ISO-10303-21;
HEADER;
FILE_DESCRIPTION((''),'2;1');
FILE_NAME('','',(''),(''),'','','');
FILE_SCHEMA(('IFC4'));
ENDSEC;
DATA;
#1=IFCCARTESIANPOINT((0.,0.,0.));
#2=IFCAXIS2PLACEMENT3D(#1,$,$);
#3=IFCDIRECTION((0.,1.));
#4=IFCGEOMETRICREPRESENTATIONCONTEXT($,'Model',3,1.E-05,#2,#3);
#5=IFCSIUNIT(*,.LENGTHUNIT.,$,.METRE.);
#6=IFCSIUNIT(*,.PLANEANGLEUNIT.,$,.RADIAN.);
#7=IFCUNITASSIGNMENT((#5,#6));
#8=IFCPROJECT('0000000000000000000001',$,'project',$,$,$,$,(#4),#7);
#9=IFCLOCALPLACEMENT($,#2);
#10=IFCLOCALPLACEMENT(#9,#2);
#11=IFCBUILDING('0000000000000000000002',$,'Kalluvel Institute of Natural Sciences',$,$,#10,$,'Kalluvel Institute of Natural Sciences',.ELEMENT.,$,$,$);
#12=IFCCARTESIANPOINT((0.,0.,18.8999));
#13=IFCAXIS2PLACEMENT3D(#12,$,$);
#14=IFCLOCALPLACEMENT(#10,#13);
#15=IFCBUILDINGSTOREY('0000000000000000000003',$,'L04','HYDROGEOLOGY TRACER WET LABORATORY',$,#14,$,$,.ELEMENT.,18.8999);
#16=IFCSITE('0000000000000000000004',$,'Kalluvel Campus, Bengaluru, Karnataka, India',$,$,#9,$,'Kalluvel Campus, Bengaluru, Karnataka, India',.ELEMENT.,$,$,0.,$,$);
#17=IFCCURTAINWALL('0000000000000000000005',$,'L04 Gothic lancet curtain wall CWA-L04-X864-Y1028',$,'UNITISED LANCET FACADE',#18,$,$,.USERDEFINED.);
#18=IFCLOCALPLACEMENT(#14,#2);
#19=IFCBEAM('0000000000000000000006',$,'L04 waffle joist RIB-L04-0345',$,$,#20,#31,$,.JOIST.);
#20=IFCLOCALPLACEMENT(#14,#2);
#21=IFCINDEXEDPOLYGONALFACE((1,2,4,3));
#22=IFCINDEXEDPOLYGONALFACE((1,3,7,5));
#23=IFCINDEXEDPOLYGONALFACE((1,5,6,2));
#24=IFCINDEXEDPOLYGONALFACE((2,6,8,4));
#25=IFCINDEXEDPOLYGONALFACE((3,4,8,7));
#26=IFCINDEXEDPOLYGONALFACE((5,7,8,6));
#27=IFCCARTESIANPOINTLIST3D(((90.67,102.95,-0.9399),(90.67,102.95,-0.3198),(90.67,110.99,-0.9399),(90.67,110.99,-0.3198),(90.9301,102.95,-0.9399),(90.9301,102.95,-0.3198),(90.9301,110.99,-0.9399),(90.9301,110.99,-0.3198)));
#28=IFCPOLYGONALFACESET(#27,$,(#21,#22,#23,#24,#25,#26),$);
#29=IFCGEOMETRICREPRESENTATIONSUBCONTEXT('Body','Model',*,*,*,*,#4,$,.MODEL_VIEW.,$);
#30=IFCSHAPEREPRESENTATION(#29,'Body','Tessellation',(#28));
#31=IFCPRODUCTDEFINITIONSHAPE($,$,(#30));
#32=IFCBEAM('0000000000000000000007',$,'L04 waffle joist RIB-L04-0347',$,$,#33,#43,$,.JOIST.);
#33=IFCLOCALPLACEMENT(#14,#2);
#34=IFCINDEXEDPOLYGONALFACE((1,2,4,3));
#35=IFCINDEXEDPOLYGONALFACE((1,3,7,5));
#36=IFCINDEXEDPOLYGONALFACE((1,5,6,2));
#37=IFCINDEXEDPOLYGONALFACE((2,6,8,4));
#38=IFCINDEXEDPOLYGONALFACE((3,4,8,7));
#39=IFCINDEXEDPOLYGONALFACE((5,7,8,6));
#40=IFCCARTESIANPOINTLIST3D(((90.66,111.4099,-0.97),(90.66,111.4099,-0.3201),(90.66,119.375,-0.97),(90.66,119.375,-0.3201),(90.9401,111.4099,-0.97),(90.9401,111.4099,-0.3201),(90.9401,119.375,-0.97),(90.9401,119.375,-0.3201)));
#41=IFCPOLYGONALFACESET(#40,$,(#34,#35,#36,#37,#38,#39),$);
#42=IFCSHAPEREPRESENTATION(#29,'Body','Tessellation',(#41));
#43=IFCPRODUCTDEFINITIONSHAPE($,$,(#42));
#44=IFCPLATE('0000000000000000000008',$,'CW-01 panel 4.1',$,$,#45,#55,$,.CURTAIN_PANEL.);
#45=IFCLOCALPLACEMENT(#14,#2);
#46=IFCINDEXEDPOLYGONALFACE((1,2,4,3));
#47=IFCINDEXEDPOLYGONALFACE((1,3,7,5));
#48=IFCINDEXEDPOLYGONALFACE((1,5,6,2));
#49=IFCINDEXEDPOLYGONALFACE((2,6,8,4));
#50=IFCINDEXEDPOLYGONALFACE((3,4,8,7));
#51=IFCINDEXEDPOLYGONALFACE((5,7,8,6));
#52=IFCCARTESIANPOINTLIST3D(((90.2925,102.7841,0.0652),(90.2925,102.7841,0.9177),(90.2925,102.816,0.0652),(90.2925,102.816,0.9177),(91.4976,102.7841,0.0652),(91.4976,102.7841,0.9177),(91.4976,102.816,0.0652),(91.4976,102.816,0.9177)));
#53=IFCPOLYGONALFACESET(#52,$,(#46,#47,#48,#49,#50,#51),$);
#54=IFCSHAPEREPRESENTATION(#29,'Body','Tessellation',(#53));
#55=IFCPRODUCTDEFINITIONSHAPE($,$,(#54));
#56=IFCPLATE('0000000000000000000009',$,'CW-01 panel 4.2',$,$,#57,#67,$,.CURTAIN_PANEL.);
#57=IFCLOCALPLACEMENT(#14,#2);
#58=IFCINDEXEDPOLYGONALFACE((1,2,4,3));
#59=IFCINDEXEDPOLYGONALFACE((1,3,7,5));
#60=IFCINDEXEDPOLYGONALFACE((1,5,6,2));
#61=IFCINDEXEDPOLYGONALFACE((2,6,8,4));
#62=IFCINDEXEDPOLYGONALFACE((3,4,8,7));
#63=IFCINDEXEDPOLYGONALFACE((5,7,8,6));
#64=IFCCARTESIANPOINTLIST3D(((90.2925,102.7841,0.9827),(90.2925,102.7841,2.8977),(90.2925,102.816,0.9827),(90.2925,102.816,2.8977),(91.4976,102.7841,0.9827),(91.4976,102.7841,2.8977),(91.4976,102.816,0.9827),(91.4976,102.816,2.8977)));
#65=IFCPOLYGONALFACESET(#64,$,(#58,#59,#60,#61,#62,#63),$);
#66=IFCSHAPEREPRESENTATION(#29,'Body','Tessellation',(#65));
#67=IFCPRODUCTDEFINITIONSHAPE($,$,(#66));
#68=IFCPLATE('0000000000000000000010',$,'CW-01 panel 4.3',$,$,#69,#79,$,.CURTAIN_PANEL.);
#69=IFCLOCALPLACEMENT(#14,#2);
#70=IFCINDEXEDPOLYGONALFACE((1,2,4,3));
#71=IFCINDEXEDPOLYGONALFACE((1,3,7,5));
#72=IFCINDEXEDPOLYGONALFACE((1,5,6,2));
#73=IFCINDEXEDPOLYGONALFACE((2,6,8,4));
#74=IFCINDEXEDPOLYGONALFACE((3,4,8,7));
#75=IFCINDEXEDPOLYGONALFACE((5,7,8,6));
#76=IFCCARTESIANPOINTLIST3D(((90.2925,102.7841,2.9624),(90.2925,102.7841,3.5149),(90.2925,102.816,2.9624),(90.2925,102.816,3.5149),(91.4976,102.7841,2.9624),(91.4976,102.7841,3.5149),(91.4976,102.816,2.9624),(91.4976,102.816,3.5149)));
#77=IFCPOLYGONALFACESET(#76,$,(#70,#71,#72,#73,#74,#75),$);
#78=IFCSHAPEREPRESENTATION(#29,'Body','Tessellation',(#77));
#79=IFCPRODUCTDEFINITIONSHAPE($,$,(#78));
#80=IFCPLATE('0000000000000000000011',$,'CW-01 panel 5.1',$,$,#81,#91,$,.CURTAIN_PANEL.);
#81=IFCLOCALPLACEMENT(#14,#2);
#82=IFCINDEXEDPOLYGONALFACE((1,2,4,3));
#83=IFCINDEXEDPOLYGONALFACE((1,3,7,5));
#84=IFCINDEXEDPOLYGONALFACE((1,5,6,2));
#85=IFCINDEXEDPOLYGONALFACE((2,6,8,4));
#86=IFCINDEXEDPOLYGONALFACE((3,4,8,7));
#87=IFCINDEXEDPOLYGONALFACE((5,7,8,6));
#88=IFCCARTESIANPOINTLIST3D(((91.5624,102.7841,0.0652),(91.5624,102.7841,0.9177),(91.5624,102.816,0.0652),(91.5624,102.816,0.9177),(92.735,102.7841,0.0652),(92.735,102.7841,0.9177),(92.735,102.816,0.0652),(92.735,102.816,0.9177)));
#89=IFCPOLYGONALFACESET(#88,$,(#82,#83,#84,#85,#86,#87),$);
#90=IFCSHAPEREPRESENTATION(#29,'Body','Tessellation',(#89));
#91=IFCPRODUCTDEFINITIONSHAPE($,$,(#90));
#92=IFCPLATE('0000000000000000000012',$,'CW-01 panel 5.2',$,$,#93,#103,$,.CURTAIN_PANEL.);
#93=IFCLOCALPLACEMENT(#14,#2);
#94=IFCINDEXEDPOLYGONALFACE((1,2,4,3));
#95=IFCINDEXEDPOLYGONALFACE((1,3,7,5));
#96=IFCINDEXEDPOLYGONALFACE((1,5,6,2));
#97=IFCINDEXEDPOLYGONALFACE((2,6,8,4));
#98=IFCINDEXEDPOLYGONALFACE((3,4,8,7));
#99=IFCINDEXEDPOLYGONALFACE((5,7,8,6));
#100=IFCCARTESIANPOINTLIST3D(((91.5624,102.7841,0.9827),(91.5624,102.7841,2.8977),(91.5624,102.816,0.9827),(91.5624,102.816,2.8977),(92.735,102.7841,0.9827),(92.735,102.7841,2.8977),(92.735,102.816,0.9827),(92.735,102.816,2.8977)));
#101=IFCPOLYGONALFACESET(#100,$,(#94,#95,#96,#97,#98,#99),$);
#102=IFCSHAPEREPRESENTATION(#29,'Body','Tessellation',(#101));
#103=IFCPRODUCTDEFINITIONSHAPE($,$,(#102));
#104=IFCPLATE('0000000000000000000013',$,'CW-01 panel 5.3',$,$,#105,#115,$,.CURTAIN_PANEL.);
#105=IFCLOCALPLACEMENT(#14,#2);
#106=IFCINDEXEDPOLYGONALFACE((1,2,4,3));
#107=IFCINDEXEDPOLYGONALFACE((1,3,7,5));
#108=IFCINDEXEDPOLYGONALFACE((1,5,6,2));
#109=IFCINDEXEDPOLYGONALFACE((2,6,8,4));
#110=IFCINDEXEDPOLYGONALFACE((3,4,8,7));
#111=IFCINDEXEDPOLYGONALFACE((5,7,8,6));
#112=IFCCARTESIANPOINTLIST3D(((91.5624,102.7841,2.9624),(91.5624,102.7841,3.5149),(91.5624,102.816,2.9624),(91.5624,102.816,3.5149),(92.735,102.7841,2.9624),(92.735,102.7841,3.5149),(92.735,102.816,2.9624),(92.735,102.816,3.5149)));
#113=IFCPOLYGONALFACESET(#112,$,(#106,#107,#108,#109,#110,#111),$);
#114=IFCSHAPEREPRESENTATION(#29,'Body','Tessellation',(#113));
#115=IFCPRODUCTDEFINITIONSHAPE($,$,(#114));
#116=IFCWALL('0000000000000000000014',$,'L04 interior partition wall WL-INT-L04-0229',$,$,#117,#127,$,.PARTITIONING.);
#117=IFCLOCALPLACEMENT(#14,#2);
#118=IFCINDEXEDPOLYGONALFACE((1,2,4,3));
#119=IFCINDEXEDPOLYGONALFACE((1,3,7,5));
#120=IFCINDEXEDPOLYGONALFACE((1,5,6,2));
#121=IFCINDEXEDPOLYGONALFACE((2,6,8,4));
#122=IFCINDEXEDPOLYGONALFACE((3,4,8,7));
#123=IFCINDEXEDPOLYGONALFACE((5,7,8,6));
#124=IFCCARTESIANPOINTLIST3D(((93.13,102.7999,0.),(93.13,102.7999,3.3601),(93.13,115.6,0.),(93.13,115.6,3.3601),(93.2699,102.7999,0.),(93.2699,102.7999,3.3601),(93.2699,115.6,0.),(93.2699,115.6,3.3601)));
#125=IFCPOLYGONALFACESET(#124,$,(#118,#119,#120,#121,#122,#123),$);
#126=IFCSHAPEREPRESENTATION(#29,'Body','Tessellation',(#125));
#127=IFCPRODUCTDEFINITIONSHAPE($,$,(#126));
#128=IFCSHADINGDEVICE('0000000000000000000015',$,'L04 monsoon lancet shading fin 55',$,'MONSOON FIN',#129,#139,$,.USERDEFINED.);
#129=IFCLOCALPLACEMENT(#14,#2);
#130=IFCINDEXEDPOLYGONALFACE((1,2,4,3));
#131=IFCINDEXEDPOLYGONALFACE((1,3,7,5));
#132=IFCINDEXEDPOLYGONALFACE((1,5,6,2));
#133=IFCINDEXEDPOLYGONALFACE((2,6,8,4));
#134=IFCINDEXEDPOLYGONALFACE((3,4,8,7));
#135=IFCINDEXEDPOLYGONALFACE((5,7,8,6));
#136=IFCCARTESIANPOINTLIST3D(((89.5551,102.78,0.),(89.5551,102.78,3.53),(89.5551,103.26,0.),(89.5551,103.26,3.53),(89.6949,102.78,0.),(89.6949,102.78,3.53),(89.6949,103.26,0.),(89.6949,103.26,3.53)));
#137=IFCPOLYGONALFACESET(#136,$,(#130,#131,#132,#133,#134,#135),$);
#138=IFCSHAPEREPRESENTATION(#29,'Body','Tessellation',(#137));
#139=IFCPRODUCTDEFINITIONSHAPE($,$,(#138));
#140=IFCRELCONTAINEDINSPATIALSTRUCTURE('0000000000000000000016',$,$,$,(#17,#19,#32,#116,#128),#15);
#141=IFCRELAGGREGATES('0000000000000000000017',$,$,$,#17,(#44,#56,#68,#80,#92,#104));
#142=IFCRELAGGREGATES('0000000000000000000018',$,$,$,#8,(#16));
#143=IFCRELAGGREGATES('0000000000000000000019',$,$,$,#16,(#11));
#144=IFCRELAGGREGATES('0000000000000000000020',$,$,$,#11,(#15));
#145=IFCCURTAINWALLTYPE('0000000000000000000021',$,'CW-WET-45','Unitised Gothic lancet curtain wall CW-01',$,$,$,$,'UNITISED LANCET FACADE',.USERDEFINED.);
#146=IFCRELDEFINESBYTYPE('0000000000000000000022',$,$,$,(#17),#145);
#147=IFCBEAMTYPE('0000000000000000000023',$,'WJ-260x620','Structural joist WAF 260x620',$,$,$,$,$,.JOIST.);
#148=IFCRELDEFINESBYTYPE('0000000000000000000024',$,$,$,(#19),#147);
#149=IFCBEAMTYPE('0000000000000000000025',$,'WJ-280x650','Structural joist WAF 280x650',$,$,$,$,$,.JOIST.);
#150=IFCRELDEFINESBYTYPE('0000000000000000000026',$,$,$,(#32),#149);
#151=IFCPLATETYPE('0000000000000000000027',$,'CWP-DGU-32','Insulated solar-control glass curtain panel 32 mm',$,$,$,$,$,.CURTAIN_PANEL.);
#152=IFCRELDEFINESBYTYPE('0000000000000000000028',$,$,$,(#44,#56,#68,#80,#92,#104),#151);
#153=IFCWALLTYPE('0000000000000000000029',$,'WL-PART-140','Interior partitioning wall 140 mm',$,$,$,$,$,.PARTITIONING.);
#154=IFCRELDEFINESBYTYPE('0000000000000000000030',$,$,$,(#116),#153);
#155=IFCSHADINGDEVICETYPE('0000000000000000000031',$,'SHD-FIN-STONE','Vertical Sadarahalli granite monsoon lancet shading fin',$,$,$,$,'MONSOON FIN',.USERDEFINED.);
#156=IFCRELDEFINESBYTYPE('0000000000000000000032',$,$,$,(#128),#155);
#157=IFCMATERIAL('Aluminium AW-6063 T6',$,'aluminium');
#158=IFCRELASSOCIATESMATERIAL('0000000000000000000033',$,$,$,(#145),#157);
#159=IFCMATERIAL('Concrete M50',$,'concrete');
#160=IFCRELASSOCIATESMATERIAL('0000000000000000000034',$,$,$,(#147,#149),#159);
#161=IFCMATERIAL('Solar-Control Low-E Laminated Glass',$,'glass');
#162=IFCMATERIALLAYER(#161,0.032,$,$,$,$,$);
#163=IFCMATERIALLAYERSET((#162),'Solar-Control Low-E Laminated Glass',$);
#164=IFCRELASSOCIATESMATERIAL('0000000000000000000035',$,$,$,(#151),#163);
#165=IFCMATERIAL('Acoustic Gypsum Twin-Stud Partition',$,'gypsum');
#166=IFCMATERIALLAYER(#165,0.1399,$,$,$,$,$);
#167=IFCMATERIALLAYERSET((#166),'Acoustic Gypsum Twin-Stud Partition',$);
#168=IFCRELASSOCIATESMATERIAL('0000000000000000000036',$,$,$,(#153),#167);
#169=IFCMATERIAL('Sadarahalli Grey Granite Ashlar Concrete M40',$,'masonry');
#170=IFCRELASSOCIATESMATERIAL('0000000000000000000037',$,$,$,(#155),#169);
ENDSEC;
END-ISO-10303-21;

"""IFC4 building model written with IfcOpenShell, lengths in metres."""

from ifc_helpers import new_model, si_unit, direction, frame, frame_2d, origin, origin_2d, place, context, subcontext, project, spatial, rectangle, extrude, material, layer, layer_set, material_profile, profile_set, type_object, element, aggregate, save


model = new_model("IFC4")

# Units and contexts
model_context = context("Model", 3, precision=1e-05, world=origin(), true_north=direction((0.0, 1.0)))
body_context = subcontext(model_context, "Body", "Model", "MODEL_VIEW")
ifc_project = project(units=[si_unit("LENGTHUNIT", "METRE"), si_unit("PLANEANGLEUNIT", "RADIAN")], contexts=[model_context])

# Site, building, storey
site_placement = place(None, origin())
site = spatial("IfcSite", under=ifc_project, at=site_placement, Name="Kalluvel Campus, Bengaluru, Karnataka, India", LongName="Kalluvel Campus, Bengaluru, Karnataka, India", CompositionType="ELEMENT", RefElevation=0.0)
building_placement = place(site_placement, origin())
building = spatial("IfcBuilding", under=site, at=building_placement, Name="Kalluvel Institute of Natural Sciences", LongName="Kalluvel Institute of Natural Sciences", CompositionType="ELEMENT")
storey_placement = place(building_placement, frame((0.0, 0.0, 18.8999)))
storey = spatial("IfcBuildingStorey", under=building, at=storey_placement, Name="L04", Description="HYDROGEOLOGY TRACER WET LABORATORY", CompositionType="ELEMENT", Elevation=18.8999)

# Curtain wall
ifc_material_1 = material(Name="Aluminium AW-6063 T6", Category="aluminium")
curtain_wall_type = type_object("IfcCurtainWallType", Name="CW-WET-45", Description="Unitised Gothic lancet curtain wall CW-01", ElementType="UNITISED LANCET FACADE", PredefinedType="USERDEFINED", material=ifc_material_1)
curtain_wall_placement = place(storey_placement, origin())
curtain_wall = element("IfcCurtainWall", 1, at=curtain_wall_placement, inside=storey, type_object=curtain_wall_type, Name="L04 Gothic lancet curtain wall CWA-L04-X864-Y1028", ObjectType="UNITISED LANCET FACADE", PredefinedType="USERDEFINED")

# Beams
ifc_material_2 = material(Name="Concrete M50", Category="concrete")
ifc_material_profile_1 = material_profile(ifc_material_2, rectangle(XDim=0.26, YDim=0.6201, at=origin_2d()), Name="WAF 260x620")
ifc_profile_set_1 = profile_set([ifc_material_profile_1], Name="Concrete M50")
beam_type_1 = type_object("IfcBeamType", Name="WJ-260x620", Description="Structural joist WAF 260x620", PredefinedType="JOIST", material=ifc_profile_set_1)
beam_1_placement = place(storey_placement, frame((90.8, 102.95, -0.6299), z_axis=(0.0, 1.0, 0.0), x_axis=(-1.0, 0.0, 0.0)))
element("IfcBeam", 2, at=beam_1_placement, inside=storey, type_object=beam_type_1, Name="L04 waffle joist RIB-L04-0345", PredefinedType="JOIST", context=body_context, shape_type="SweptSolid", body=[
    extrude(rectangle(XDim=0.26, YDim=0.6201, at=origin_2d()), origin(), (0.0, 0.0, 1.0), 8.04),
])
ifc_material_profile_2 = material_profile(ifc_material_2, rectangle(XDim=0.28, YDim=0.6499, at=origin_2d()), Name="WAF 280x650")
ifc_profile_set_2 = profile_set([ifc_material_profile_2], Name="Concrete M50")
beam_type_2 = type_object("IfcBeamType", Name="WJ-280x650", Description="Structural joist WAF 280x650", PredefinedType="JOIST", material=ifc_profile_set_2)
beam_2_placement = place(storey_placement, frame((90.8, 111.4099, -0.645), z_axis=(0.0, 1.0, 0.0), x_axis=(-1.0, 0.0, 0.0)))
element("IfcBeam", 3, at=beam_2_placement, inside=storey, type_object=beam_type_2, Name="L04 waffle joist RIB-L04-0347", PredefinedType="JOIST", context=body_context, shape_type="SweptSolid", body=[
    extrude(rectangle(XDim=0.28, YDim=0.6499, at=origin_2d()), origin(), (0.0, 0.0, 1.0), 7.9651),
])

# Plates
ifc_material_3 = material(Name="Solar-Control Low-E Laminated Glass", Category="glass")
ifc_layer_1 = layer(ifc_material_3, 0.032)
ifc_layer_set_1 = layer_set([ifc_layer_1], Name="Solar-Control Low-E Laminated Glass")
plate_type = type_object("IfcPlateType", Name="CWP-DGU-32", Description="Insulated solar-control glass curtain panel 32 mm", PredefinedType="CURTAIN_PANEL", material=ifc_layer_set_1)
plate_1_placement = place(storey_placement, frame((90.895, 102.8, 0.0652), z_axis=(0.0, 0.0, 1.0), x_axis=(1.0, 0.0, 0.0)))
plate_1 = element("IfcPlate", 4, at=plate_1_placement, type_object=plate_type, Name="CW-01 panel 4.1", PredefinedType="CURTAIN_PANEL", context=body_context, shape_type="SweptSolid", body=[
    extrude(rectangle(XDim=1.2051, YDim=0.032, at=origin_2d()), origin(), (0.0, 0.0, 1.0), 0.8525),
])
plate_2_placement = place(storey_placement, frame((90.895, 102.8, 0.9827), z_axis=(0.0, 0.0, 1.0), x_axis=(1.0, 0.0, 0.0)))
plate_2 = element("IfcPlate", 5, at=plate_2_placement, type_object=plate_type, Name="CW-01 panel 4.2", PredefinedType="CURTAIN_PANEL", context=body_context, shape_type="SweptSolid", body=[
    extrude(rectangle(XDim=1.2051, YDim=0.032, at=origin_2d()), origin(), (0.0, 0.0, 1.0), 1.915),
])
plate_3_placement = place(storey_placement, frame((90.895, 102.8, 2.9624), z_axis=(0.0, 0.0, 1.0), x_axis=(1.0, 0.0, 0.0)))
plate_3 = element("IfcPlate", 6, at=plate_3_placement, type_object=plate_type, Name="CW-01 panel 4.3", PredefinedType="CURTAIN_PANEL", context=body_context, shape_type="SweptSolid", body=[
    extrude(rectangle(XDim=1.2051, YDim=0.032, at=origin_2d()), origin(), (0.0, 0.0, 1.0), 0.5525),
])
plate_4_placement = place(storey_placement, frame((92.1487, 102.8, 0.0652), z_axis=(0.0, 0.0, 1.0), x_axis=(1.0, 0.0, 0.0)))
plate_4 = element("IfcPlate", 7, at=plate_4_placement, type_object=plate_type, Name="CW-01 panel 5.1", PredefinedType="CURTAIN_PANEL", context=body_context, shape_type="SweptSolid", body=[
    extrude(rectangle(XDim=1.1726, YDim=0.032, at=origin_2d()), origin(), (0.0, 0.0, 1.0), 0.8525),
])
plate_5_placement = place(storey_placement, frame((92.1487, 102.8, 0.9827), z_axis=(0.0, 0.0, 1.0), x_axis=(1.0, 0.0, 0.0)))
plate_5 = element("IfcPlate", 8, at=plate_5_placement, type_object=plate_type, Name="CW-01 panel 5.2", PredefinedType="CURTAIN_PANEL", context=body_context, shape_type="SweptSolid", body=[
    extrude(rectangle(XDim=1.1726, YDim=0.032, at=origin_2d()), origin(), (0.0, 0.0, 1.0), 1.915),
])
plate_6_placement = place(storey_placement, frame((92.1487, 102.8, 2.9624), z_axis=(0.0, 0.0, 1.0), x_axis=(1.0, 0.0, 0.0)))
plate_6 = element("IfcPlate", 9, at=plate_6_placement, type_object=plate_type, Name="CW-01 panel 5.3", PredefinedType="CURTAIN_PANEL", context=body_context, shape_type="SweptSolid", body=[
    extrude(rectangle(XDim=1.1726, YDim=0.032, at=origin_2d()), origin(), (0.0, 0.0, 1.0), 0.5525),
])
aggregate(curtain_wall, [plate_1, plate_2, plate_3, plate_4, plate_5, plate_6])

# Wall
ifc_material_4 = material(Name="Acoustic Gypsum Twin-Stud Partition", Category="gypsum")
ifc_layer_2 = layer(ifc_material_4, 0.1399)
ifc_layer_set_2 = layer_set([ifc_layer_2], Name="Acoustic Gypsum Twin-Stud Partition")
wall_type = type_object("IfcWallType", Name="WL-PART-140", Description="Interior partitioning wall 140 mm", PredefinedType="PARTITIONING", material=ifc_layer_set_2)
wall_placement = place(storey_placement, frame((93.2, 102.8, 0.0), z_axis=(0.0, 0.0, 1.0), x_axis=(0.0, 1.0, 0.0)))
element("IfcWall", 10, at=wall_placement, inside=storey, type_object=wall_type, Name="L04 interior partition wall WL-INT-L04-0229", PredefinedType="PARTITIONING", context=body_context, shape_type="SweptSolid", body=[
    extrude(rectangle(XDim=12.8, YDim=0.1399, at=frame_2d((6.3999, 0.0))), origin(), (0.0, 0.0, 1.0), 3.3601),
])

# Shading device
ifc_material_5 = material(Name="Sadarahalli Grey Granite Ashlar Concrete M40", Category="masonry")
shading_device_type = type_object("IfcShadingDeviceType", Name="SHD-FIN-STONE", Description="Vertical Sadarahalli granite monsoon lancet shading fin", ElementType="MONSOON FIN", PredefinedType="USERDEFINED", material=ifc_material_5)
shading_device_placement = place(storey_placement, frame((89.625, 103.02, 0.0), z_axis=(0.0, 0.0, 1.0), x_axis=(1.0, 0.0, 0.0)))
element("IfcShadingDevice", 11, at=shading_device_placement, inside=storey, type_object=shading_device_type, Name="L04 monsoon lancet shading fin 55", ObjectType="MONSOON FIN", PredefinedType="USERDEFINED", context=body_context, shape_type="SweptSolid", body=[
    extrude(rectangle(XDim=0.1399, YDim=0.48, at=origin_2d()), origin(), (0.0, 0.0, 1.0), 3.53),
])

save(model, "model.ifc")
